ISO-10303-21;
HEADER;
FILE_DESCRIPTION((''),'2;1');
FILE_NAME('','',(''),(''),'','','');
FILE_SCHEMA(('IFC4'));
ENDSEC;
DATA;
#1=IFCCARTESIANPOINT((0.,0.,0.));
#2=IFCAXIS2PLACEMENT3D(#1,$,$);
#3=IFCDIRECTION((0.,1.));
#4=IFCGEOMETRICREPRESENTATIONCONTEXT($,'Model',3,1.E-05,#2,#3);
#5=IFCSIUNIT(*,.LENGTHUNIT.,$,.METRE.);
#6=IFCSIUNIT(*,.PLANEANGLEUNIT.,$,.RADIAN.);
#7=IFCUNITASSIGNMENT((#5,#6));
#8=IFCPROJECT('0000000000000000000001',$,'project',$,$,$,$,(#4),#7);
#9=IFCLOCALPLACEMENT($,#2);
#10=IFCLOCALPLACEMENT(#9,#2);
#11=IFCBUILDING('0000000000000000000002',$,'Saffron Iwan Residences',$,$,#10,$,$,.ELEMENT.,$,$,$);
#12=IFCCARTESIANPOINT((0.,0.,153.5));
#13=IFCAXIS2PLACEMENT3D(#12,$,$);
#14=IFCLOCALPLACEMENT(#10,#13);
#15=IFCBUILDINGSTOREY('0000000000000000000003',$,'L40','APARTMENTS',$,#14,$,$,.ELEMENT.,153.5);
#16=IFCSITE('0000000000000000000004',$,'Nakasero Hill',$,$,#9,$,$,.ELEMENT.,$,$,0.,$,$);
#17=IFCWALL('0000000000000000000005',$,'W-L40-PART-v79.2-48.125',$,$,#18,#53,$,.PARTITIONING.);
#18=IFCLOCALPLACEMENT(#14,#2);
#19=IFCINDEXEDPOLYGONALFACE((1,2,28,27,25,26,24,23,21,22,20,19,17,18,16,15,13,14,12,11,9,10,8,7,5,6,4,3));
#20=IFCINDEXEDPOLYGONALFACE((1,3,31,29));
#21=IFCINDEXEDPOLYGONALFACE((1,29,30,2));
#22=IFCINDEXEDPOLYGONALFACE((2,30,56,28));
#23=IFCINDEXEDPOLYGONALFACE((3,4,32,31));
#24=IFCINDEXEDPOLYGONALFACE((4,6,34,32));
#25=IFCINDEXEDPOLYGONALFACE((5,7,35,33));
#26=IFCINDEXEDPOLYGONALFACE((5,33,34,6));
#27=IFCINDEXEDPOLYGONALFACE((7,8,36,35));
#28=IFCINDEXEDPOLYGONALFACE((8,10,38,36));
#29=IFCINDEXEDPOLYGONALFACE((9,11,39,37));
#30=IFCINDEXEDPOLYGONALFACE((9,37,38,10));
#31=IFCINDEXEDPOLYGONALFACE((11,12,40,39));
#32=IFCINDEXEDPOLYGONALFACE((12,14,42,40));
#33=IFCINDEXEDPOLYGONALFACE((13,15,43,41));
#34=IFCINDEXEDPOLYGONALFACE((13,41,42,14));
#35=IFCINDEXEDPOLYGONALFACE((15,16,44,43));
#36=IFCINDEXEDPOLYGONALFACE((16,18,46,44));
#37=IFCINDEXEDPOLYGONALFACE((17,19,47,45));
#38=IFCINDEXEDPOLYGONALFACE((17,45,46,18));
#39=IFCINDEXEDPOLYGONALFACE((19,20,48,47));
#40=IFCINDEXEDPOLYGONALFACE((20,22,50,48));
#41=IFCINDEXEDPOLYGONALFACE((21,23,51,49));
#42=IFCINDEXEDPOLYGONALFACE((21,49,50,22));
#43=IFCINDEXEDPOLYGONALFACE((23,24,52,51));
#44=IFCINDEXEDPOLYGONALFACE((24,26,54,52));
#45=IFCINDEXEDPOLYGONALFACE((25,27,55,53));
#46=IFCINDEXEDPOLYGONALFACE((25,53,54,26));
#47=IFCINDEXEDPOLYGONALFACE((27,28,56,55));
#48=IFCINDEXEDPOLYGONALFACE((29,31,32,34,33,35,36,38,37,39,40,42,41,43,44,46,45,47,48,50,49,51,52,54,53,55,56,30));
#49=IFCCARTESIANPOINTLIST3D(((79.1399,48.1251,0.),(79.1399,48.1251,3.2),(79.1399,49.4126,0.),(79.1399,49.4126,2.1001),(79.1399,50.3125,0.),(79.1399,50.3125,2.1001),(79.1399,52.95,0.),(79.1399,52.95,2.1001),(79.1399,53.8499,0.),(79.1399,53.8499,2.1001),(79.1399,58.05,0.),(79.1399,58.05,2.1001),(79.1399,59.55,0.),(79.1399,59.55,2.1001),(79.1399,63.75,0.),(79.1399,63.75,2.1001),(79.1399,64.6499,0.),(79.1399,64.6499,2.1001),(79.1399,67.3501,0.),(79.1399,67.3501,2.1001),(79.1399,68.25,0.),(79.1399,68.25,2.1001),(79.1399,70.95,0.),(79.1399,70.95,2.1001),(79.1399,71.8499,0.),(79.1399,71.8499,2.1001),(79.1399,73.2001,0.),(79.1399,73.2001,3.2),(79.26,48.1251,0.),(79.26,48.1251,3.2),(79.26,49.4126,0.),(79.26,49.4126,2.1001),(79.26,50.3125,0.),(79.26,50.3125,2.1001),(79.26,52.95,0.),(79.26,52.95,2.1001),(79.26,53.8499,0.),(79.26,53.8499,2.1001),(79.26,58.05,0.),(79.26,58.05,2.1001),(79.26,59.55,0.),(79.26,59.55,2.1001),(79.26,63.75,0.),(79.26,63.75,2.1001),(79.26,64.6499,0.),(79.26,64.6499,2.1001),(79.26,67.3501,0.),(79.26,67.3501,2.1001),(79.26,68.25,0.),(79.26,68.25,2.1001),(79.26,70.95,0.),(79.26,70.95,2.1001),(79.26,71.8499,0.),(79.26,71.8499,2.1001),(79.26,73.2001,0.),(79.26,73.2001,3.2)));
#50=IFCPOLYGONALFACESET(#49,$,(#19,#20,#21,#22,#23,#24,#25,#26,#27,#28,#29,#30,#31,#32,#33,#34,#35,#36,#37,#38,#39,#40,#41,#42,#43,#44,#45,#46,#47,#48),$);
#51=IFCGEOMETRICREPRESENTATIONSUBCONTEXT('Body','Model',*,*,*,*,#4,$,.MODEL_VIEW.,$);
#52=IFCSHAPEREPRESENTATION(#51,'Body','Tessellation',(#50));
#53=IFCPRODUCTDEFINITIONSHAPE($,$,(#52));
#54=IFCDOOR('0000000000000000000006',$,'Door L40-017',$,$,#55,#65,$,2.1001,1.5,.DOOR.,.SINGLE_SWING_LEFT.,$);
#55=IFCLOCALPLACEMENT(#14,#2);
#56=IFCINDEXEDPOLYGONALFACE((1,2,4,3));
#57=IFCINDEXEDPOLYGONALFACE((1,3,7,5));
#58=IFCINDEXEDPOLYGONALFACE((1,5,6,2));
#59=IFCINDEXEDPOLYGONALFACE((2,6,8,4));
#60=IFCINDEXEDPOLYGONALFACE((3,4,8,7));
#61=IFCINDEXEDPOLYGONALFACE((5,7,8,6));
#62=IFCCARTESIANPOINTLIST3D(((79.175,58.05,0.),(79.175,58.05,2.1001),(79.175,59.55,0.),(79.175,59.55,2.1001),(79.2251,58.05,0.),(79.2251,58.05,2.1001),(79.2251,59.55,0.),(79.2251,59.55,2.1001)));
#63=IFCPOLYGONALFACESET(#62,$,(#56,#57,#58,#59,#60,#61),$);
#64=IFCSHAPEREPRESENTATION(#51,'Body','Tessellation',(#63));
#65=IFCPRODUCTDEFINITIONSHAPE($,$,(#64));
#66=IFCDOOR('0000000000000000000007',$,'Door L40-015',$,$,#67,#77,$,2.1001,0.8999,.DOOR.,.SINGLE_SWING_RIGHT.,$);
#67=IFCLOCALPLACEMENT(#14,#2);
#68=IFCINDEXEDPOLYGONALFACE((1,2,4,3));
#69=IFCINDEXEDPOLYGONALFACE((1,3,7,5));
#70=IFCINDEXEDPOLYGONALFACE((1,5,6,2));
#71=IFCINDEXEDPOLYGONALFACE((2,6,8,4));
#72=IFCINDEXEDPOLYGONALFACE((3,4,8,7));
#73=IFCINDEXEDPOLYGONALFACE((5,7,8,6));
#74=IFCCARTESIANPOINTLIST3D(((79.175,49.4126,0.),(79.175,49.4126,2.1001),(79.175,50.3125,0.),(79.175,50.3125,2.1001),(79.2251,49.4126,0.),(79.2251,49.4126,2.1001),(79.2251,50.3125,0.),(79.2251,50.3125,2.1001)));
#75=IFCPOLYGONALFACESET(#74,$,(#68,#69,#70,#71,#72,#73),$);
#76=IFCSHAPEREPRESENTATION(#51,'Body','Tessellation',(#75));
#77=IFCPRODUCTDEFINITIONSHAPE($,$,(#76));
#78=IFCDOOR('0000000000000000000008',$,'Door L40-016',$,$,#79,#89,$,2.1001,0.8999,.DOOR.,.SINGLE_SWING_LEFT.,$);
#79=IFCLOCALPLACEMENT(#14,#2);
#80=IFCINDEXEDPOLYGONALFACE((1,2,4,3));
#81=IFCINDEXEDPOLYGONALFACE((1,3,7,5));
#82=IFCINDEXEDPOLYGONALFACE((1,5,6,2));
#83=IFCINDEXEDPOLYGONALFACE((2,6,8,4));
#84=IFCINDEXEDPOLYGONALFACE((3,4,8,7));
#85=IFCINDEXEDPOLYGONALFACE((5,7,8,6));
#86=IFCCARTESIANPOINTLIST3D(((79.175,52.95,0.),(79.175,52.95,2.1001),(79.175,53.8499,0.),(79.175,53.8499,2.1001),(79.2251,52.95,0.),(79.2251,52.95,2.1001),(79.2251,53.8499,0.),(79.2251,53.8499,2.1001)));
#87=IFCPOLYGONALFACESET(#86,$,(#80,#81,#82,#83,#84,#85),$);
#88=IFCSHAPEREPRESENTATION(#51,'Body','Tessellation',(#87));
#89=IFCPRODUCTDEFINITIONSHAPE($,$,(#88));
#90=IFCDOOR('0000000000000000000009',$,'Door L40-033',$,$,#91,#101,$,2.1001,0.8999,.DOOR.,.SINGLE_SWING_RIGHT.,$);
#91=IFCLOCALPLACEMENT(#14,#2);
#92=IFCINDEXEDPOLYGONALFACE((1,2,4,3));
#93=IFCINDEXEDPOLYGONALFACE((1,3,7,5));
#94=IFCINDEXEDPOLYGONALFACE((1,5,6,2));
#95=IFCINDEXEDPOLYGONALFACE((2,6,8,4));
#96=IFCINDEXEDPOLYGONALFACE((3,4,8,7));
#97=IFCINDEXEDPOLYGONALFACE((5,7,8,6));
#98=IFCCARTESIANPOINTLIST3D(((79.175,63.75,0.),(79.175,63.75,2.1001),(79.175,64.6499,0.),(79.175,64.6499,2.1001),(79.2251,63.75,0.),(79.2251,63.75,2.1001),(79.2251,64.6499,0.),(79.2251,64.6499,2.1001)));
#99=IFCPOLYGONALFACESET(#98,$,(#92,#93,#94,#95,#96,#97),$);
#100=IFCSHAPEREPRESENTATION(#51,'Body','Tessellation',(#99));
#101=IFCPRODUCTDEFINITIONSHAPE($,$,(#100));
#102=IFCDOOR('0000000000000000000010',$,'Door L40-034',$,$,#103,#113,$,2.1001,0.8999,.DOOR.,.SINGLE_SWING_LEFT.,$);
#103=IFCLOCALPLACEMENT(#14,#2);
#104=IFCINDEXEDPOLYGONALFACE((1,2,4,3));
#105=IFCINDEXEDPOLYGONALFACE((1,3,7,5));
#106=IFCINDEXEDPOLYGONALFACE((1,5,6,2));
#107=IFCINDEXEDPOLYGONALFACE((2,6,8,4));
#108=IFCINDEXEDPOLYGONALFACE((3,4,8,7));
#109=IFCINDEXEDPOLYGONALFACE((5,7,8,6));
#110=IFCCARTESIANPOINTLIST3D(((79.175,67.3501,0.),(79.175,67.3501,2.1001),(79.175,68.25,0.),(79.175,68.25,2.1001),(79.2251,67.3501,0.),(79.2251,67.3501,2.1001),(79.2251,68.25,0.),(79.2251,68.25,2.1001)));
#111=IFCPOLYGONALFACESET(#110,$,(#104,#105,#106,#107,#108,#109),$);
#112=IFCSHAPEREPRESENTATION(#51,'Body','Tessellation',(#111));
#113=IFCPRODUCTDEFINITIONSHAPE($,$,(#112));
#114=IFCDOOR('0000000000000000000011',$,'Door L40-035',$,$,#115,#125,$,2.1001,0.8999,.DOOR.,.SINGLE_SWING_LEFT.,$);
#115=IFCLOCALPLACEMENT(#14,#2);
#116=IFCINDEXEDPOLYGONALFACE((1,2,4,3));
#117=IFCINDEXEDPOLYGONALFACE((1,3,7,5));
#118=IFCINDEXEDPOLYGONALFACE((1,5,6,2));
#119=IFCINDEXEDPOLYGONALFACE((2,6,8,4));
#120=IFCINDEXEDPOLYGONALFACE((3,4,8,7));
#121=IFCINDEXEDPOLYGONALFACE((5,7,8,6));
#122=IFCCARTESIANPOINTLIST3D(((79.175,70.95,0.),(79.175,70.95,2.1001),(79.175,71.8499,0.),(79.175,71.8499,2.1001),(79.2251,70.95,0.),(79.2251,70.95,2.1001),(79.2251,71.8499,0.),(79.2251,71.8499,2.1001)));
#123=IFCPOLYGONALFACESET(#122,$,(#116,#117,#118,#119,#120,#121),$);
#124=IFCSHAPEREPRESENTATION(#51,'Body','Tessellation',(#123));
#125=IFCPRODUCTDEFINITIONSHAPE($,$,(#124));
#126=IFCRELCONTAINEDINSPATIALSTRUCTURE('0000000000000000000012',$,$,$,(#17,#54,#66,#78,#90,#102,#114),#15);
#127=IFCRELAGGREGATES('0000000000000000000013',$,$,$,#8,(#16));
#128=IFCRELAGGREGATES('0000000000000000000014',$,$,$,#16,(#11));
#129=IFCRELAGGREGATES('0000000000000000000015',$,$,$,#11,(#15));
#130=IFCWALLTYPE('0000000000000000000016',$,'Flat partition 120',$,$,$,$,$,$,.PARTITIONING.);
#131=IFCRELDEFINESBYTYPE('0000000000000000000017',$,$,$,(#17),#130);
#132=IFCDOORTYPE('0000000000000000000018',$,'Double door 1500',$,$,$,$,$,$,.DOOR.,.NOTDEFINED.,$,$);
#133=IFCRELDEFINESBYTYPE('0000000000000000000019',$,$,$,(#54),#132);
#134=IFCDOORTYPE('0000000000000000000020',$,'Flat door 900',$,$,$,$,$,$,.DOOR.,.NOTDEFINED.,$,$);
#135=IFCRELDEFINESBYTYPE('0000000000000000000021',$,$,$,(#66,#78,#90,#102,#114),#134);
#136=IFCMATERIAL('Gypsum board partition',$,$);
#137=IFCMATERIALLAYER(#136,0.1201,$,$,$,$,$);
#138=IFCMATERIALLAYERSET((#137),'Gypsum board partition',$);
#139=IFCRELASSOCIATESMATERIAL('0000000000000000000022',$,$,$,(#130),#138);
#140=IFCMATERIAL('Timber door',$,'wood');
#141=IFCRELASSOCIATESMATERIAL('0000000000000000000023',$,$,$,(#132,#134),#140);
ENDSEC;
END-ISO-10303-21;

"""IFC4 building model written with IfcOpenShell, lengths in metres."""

from ifc_helpers import new_model, si_unit, direction, frame, frame_2d, origin, place, context, subcontext, project, spatial, rectangle, extrude, material, layer, layer_set, type_object, element, fill, save


model = new_model("IFC4")

# Units and contexts
model_context = context("Model", 3, precision=1e-05, world=origin(), true_north=direction((0.0, 1.0)))
body_context = subcontext(model_context, "Body", "Model", "MODEL_VIEW")
ifc_project = project(units=[si_unit("LENGTHUNIT", "METRE"), si_unit("PLANEANGLEUNIT", "RADIAN")], contexts=[model_context])

# Site, building, storey
site_placement = place(None, origin())
site = spatial("IfcSite", under=ifc_project, at=site_placement, Name="Nakasero Hill", CompositionType="ELEMENT", RefElevation=0.0)
building_placement = place(site_placement, origin())
building = spatial("IfcBuilding", under=site, at=building_placement, Name="Saffron Iwan Residences", CompositionType="ELEMENT")
storey_placement = place(building_placement, frame((0.0, 0.0, 153.5)))
storey = spatial("IfcBuildingStorey", under=building, at=storey_placement, Name="L40", Description="APARTMENTS", CompositionType="ELEMENT", Elevation=153.5)

# Wall, openings, doors
ifc_material_1 = material(Name="Gypsum board partition")
ifc_layer_1 = layer(ifc_material_1, 0.1201)
ifc_layer_set_1 = layer_set([ifc_layer_1], Name="Gypsum board partition")
wall_type_1 = type_object("IfcWallType", Name="Flat partition 120", PredefinedType="PARTITIONING", material=ifc_layer_set_1)
wall_1_placement = place(storey_placement, frame((79.2, 48.125, 0.0), z_axis=(0.0, 0.0, 1.0), x_axis=(0.0, 1.0, 0.0)))
wall_1 = element("IfcWall", 1, at=wall_1_placement, inside=storey, type_object=wall_type_1, Name="W-L40-PART-v79.2-48.125", PredefinedType="PARTITIONING", context=body_context, shape_type="SweptSolid", body=[
    extrude(rectangle(XDim=25.075, YDim=0.1201, at=frame_2d((12.5376, 0.0))), origin(), (0.0, 0.0, 1.0), 3.2),
])
opening_1_placement = place(wall_1_placement, frame((1.2876, 0.0, 0.0)))
opening_1 = element("IfcOpeningElement", 2, at=opening_1_placement, cuts=wall_1, PredefinedType="OPENING", context=body_context, shape_type="SweptSolid", body=[
    extrude(rectangle(XDim=0.8999, YDim=2.1001, at=frame_2d((0.45, 1.05))), frame((0.0, 0.0701, 0.0), z_axis=(0.0, -1.0, 0.0), x_axis=(1.0, 0.0, 0.0)), (0.0, 0.0, 1.0), 0.1401),
])
opening_2_placement = place(wall_1_placement, frame((4.825, 0.0, 0.0)))
opening_2 = element("IfcOpeningElement", 3, at=opening_2_placement, cuts=wall_1, PredefinedType="OPENING", context=body_context, shape_type="SweptSolid", body=[
    extrude(rectangle(XDim=0.8999, YDim=2.1001, at=frame_2d((0.45, 1.05))), frame((0.0, 0.0701, 0.0), z_axis=(0.0, -1.0, 0.0), x_axis=(1.0, 0.0, 0.0)), (0.0, 0.0, 1.0), 0.1401),
])
opening_3_placement = place(wall_1_placement, frame((9.925, 0.0, 0.0)))
opening_3 = element("IfcOpeningElement", 4, at=opening_3_placement, cuts=wall_1, PredefinedType="OPENING", context=body_context, shape_type="SweptSolid", body=[
    extrude(rectangle(XDim=1.5, YDim=2.1001, at=frame_2d((0.75, 1.05))), frame((0.0, 0.0701, 0.0), z_axis=(0.0, -1.0, 0.0), x_axis=(1.0, 0.0, 0.0)), (0.0, 0.0, 1.0), 0.1401),
])
opening_4_placement = place(wall_1_placement, frame((15.625, 0.0, 0.0)))
opening_4 = element("IfcOpeningElement", 5, at=opening_4_placement, cuts=wall_1, PredefinedType="OPENING", context=body_context, shape_type="SweptSolid", body=[
    extrude(rectangle(XDim=0.8999, YDim=2.1001, at=frame_2d((0.45, 1.05))), frame((0.0, 0.0701, 0.0), z_axis=(0.0, -1.0, 0.0), x_axis=(1.0, 0.0, 0.0)), (0.0, 0.0, 1.0), 0.1401),
])
opening_5_placement = place(wall_1_placement, frame((19.2251, 0.0, 0.0)))
opening_5 = element("IfcOpeningElement", 6, at=opening_5_placement, cuts=wall_1, PredefinedType="OPENING", context=body_context, shape_type="SweptSolid", body=[
    extrude(rectangle(XDim=0.8999, YDim=2.1001, at=frame_2d((0.45, 1.05))), frame((0.0, 0.0701, 0.0), z_axis=(0.0, -1.0, 0.0), x_axis=(1.0, 0.0, 0.0)), (0.0, 0.0, 1.0), 0.1401),
])
opening_6_placement = place(wall_1_placement, frame((22.825, 0.0, 0.0)))
opening_6 = element("IfcOpeningElement", 7, at=opening_6_placement, cuts=wall_1, PredefinedType="OPENING", context=body_context, shape_type="SweptSolid", body=[
    extrude(rectangle(XDim=0.8999, YDim=2.1001, at=frame_2d((0.45, 1.05))), frame((0.0, 0.0701, 0.0), z_axis=(0.0, -1.0, 0.0), x_axis=(1.0, 0.0, 0.0)), (0.0, 0.0, 1.0), 0.1401),
])
ifc_material_2 = material(Name="Timber door", Category="wood")
door_type_1 = type_object("IfcDoorType", Name="Double door 1500", OperationType="NOTDEFINED", PredefinedType="DOOR", material=ifc_material_2)
door_1_placement = place(opening_3_placement, origin())
door_1 = element("IfcDoor", 8, at=door_1_placement, inside=storey, type_object=door_type_1, Name="Door L40-017", OperationType="SINGLE_SWING_LEFT", OverallHeight=2.1001, OverallWidth=1.5, PredefinedType="DOOR", context=body_context, shape_type="SweptSolid", body=[
    extrude(rectangle(XDim=1.5, YDim=2.1001, at=frame_2d((0.75, 1.05))), frame((0.0, 0.0249, 0.0), z_axis=(0.0, -1.0, 0.0), x_axis=(1.0, 0.0, 0.0)), (0.0, 0.0, 1.0), 0.05),
])
fill(opening_3, door_1)
door_type_2 = type_object("IfcDoorType", Name="Flat door 900", OperationType="NOTDEFINED", PredefinedType="DOOR", material=ifc_material_2)
door_2_placement = place(opening_1_placement, origin())
door_2 = element("IfcDoor", 9, at=door_2_placement, inside=storey, type_object=door_type_2, Name="Door L40-015", OperationType="SINGLE_SWING_RIGHT", OverallHeight=2.1001, OverallWidth=0.8999, PredefinedType="DOOR", context=body_context, shape_type="SweptSolid", body=[
    extrude(rectangle(XDim=0.8999, YDim=2.1001, at=frame_2d((0.45, 1.05))), frame((0.0, 0.0249, 0.0), z_axis=(0.0, -1.0, 0.0), x_axis=(1.0, 0.0, 0.0)), (0.0, 0.0, 1.0), 0.05),
])
fill(opening_1, door_2)
door_3_placement = place(opening_2_placement, origin())
door_3 = element("IfcDoor", 10, at=door_3_placement, inside=storey, type_object=door_type_2, Name="Door L40-016", OperationType="SINGLE_SWING_LEFT", OverallHeight=2.1001, OverallWidth=0.8999, PredefinedType="DOOR", context=body_context, shape_type="SweptSolid", body=[
    extrude(rectangle(XDim=0.8999, YDim=2.1001, at=frame_2d((0.45, 1.05))), frame((0.0, 0.0249, 0.0), z_axis=(0.0, -1.0, 0.0), x_axis=(1.0, 0.0, 0.0)), (0.0, 0.0, 1.0), 0.05),
])
fill(opening_2, door_3)
door_4_placement = place(opening_4_placement, origin())
door_4 = element("IfcDoor", 11, at=door_4_placement, inside=storey, type_object=door_type_2, Name="Door L40-033", OperationType="SINGLE_SWING_RIGHT", OverallHeight=2.1001, OverallWidth=0.8999, PredefinedType="DOOR", context=body_context, shape_type="SweptSolid", body=[
    extrude(rectangle(XDim=0.8999, YDim=2.1001, at=frame_2d((0.45, 1.05))), frame((0.0, 0.0249, 0.0), z_axis=(0.0, -1.0, 0.0), x_axis=(1.0, 0.0, 0.0)), (0.0, 0.0, 1.0), 0.05),
])
fill(opening_4, door_4)
door_5_placement = place(opening_5_placement, origin())
door_5 = element("IfcDoor", 12, at=door_5_placement, inside=storey, type_object=door_type_2, Name="Door L40-034", OperationType="SINGLE_SWING_LEFT", OverallHeight=2.1001, OverallWidth=0.8999, PredefinedType="DOOR", context=body_context, shape_type="SweptSolid", body=[
    extrude(rectangle(XDim=0.8999, YDim=2.1001, at=frame_2d((0.45, 1.05))), frame((0.0, 0.0249, 0.0), z_axis=(0.0, -1.0, 0.0), x_axis=(1.0, 0.0, 0.0)), (0.0, 0.0, 1.0), 0.05),
])
fill(opening_5, door_5)
door_6_placement = place(opening_6_placement, origin())
door_6 = element("IfcDoor", 13, at=door_6_placement, inside=storey, type_object=door_type_2, Name="Door L40-035", OperationType="SINGLE_SWING_LEFT", OverallHeight=2.1001, OverallWidth=0.8999, PredefinedType="DOOR", context=body_context, shape_type="SweptSolid", body=[
    extrude(rectangle(XDim=0.8999, YDim=2.1001, at=frame_2d((0.45, 1.05))), frame((0.0, 0.0249, 0.0), z_axis=(0.0, -1.0, 0.0), x_axis=(1.0, 0.0, 0.0)), (0.0, 0.0, 1.0), 0.05),
])
fill(opening_6, door_6)

save(model, "model.ifc")
